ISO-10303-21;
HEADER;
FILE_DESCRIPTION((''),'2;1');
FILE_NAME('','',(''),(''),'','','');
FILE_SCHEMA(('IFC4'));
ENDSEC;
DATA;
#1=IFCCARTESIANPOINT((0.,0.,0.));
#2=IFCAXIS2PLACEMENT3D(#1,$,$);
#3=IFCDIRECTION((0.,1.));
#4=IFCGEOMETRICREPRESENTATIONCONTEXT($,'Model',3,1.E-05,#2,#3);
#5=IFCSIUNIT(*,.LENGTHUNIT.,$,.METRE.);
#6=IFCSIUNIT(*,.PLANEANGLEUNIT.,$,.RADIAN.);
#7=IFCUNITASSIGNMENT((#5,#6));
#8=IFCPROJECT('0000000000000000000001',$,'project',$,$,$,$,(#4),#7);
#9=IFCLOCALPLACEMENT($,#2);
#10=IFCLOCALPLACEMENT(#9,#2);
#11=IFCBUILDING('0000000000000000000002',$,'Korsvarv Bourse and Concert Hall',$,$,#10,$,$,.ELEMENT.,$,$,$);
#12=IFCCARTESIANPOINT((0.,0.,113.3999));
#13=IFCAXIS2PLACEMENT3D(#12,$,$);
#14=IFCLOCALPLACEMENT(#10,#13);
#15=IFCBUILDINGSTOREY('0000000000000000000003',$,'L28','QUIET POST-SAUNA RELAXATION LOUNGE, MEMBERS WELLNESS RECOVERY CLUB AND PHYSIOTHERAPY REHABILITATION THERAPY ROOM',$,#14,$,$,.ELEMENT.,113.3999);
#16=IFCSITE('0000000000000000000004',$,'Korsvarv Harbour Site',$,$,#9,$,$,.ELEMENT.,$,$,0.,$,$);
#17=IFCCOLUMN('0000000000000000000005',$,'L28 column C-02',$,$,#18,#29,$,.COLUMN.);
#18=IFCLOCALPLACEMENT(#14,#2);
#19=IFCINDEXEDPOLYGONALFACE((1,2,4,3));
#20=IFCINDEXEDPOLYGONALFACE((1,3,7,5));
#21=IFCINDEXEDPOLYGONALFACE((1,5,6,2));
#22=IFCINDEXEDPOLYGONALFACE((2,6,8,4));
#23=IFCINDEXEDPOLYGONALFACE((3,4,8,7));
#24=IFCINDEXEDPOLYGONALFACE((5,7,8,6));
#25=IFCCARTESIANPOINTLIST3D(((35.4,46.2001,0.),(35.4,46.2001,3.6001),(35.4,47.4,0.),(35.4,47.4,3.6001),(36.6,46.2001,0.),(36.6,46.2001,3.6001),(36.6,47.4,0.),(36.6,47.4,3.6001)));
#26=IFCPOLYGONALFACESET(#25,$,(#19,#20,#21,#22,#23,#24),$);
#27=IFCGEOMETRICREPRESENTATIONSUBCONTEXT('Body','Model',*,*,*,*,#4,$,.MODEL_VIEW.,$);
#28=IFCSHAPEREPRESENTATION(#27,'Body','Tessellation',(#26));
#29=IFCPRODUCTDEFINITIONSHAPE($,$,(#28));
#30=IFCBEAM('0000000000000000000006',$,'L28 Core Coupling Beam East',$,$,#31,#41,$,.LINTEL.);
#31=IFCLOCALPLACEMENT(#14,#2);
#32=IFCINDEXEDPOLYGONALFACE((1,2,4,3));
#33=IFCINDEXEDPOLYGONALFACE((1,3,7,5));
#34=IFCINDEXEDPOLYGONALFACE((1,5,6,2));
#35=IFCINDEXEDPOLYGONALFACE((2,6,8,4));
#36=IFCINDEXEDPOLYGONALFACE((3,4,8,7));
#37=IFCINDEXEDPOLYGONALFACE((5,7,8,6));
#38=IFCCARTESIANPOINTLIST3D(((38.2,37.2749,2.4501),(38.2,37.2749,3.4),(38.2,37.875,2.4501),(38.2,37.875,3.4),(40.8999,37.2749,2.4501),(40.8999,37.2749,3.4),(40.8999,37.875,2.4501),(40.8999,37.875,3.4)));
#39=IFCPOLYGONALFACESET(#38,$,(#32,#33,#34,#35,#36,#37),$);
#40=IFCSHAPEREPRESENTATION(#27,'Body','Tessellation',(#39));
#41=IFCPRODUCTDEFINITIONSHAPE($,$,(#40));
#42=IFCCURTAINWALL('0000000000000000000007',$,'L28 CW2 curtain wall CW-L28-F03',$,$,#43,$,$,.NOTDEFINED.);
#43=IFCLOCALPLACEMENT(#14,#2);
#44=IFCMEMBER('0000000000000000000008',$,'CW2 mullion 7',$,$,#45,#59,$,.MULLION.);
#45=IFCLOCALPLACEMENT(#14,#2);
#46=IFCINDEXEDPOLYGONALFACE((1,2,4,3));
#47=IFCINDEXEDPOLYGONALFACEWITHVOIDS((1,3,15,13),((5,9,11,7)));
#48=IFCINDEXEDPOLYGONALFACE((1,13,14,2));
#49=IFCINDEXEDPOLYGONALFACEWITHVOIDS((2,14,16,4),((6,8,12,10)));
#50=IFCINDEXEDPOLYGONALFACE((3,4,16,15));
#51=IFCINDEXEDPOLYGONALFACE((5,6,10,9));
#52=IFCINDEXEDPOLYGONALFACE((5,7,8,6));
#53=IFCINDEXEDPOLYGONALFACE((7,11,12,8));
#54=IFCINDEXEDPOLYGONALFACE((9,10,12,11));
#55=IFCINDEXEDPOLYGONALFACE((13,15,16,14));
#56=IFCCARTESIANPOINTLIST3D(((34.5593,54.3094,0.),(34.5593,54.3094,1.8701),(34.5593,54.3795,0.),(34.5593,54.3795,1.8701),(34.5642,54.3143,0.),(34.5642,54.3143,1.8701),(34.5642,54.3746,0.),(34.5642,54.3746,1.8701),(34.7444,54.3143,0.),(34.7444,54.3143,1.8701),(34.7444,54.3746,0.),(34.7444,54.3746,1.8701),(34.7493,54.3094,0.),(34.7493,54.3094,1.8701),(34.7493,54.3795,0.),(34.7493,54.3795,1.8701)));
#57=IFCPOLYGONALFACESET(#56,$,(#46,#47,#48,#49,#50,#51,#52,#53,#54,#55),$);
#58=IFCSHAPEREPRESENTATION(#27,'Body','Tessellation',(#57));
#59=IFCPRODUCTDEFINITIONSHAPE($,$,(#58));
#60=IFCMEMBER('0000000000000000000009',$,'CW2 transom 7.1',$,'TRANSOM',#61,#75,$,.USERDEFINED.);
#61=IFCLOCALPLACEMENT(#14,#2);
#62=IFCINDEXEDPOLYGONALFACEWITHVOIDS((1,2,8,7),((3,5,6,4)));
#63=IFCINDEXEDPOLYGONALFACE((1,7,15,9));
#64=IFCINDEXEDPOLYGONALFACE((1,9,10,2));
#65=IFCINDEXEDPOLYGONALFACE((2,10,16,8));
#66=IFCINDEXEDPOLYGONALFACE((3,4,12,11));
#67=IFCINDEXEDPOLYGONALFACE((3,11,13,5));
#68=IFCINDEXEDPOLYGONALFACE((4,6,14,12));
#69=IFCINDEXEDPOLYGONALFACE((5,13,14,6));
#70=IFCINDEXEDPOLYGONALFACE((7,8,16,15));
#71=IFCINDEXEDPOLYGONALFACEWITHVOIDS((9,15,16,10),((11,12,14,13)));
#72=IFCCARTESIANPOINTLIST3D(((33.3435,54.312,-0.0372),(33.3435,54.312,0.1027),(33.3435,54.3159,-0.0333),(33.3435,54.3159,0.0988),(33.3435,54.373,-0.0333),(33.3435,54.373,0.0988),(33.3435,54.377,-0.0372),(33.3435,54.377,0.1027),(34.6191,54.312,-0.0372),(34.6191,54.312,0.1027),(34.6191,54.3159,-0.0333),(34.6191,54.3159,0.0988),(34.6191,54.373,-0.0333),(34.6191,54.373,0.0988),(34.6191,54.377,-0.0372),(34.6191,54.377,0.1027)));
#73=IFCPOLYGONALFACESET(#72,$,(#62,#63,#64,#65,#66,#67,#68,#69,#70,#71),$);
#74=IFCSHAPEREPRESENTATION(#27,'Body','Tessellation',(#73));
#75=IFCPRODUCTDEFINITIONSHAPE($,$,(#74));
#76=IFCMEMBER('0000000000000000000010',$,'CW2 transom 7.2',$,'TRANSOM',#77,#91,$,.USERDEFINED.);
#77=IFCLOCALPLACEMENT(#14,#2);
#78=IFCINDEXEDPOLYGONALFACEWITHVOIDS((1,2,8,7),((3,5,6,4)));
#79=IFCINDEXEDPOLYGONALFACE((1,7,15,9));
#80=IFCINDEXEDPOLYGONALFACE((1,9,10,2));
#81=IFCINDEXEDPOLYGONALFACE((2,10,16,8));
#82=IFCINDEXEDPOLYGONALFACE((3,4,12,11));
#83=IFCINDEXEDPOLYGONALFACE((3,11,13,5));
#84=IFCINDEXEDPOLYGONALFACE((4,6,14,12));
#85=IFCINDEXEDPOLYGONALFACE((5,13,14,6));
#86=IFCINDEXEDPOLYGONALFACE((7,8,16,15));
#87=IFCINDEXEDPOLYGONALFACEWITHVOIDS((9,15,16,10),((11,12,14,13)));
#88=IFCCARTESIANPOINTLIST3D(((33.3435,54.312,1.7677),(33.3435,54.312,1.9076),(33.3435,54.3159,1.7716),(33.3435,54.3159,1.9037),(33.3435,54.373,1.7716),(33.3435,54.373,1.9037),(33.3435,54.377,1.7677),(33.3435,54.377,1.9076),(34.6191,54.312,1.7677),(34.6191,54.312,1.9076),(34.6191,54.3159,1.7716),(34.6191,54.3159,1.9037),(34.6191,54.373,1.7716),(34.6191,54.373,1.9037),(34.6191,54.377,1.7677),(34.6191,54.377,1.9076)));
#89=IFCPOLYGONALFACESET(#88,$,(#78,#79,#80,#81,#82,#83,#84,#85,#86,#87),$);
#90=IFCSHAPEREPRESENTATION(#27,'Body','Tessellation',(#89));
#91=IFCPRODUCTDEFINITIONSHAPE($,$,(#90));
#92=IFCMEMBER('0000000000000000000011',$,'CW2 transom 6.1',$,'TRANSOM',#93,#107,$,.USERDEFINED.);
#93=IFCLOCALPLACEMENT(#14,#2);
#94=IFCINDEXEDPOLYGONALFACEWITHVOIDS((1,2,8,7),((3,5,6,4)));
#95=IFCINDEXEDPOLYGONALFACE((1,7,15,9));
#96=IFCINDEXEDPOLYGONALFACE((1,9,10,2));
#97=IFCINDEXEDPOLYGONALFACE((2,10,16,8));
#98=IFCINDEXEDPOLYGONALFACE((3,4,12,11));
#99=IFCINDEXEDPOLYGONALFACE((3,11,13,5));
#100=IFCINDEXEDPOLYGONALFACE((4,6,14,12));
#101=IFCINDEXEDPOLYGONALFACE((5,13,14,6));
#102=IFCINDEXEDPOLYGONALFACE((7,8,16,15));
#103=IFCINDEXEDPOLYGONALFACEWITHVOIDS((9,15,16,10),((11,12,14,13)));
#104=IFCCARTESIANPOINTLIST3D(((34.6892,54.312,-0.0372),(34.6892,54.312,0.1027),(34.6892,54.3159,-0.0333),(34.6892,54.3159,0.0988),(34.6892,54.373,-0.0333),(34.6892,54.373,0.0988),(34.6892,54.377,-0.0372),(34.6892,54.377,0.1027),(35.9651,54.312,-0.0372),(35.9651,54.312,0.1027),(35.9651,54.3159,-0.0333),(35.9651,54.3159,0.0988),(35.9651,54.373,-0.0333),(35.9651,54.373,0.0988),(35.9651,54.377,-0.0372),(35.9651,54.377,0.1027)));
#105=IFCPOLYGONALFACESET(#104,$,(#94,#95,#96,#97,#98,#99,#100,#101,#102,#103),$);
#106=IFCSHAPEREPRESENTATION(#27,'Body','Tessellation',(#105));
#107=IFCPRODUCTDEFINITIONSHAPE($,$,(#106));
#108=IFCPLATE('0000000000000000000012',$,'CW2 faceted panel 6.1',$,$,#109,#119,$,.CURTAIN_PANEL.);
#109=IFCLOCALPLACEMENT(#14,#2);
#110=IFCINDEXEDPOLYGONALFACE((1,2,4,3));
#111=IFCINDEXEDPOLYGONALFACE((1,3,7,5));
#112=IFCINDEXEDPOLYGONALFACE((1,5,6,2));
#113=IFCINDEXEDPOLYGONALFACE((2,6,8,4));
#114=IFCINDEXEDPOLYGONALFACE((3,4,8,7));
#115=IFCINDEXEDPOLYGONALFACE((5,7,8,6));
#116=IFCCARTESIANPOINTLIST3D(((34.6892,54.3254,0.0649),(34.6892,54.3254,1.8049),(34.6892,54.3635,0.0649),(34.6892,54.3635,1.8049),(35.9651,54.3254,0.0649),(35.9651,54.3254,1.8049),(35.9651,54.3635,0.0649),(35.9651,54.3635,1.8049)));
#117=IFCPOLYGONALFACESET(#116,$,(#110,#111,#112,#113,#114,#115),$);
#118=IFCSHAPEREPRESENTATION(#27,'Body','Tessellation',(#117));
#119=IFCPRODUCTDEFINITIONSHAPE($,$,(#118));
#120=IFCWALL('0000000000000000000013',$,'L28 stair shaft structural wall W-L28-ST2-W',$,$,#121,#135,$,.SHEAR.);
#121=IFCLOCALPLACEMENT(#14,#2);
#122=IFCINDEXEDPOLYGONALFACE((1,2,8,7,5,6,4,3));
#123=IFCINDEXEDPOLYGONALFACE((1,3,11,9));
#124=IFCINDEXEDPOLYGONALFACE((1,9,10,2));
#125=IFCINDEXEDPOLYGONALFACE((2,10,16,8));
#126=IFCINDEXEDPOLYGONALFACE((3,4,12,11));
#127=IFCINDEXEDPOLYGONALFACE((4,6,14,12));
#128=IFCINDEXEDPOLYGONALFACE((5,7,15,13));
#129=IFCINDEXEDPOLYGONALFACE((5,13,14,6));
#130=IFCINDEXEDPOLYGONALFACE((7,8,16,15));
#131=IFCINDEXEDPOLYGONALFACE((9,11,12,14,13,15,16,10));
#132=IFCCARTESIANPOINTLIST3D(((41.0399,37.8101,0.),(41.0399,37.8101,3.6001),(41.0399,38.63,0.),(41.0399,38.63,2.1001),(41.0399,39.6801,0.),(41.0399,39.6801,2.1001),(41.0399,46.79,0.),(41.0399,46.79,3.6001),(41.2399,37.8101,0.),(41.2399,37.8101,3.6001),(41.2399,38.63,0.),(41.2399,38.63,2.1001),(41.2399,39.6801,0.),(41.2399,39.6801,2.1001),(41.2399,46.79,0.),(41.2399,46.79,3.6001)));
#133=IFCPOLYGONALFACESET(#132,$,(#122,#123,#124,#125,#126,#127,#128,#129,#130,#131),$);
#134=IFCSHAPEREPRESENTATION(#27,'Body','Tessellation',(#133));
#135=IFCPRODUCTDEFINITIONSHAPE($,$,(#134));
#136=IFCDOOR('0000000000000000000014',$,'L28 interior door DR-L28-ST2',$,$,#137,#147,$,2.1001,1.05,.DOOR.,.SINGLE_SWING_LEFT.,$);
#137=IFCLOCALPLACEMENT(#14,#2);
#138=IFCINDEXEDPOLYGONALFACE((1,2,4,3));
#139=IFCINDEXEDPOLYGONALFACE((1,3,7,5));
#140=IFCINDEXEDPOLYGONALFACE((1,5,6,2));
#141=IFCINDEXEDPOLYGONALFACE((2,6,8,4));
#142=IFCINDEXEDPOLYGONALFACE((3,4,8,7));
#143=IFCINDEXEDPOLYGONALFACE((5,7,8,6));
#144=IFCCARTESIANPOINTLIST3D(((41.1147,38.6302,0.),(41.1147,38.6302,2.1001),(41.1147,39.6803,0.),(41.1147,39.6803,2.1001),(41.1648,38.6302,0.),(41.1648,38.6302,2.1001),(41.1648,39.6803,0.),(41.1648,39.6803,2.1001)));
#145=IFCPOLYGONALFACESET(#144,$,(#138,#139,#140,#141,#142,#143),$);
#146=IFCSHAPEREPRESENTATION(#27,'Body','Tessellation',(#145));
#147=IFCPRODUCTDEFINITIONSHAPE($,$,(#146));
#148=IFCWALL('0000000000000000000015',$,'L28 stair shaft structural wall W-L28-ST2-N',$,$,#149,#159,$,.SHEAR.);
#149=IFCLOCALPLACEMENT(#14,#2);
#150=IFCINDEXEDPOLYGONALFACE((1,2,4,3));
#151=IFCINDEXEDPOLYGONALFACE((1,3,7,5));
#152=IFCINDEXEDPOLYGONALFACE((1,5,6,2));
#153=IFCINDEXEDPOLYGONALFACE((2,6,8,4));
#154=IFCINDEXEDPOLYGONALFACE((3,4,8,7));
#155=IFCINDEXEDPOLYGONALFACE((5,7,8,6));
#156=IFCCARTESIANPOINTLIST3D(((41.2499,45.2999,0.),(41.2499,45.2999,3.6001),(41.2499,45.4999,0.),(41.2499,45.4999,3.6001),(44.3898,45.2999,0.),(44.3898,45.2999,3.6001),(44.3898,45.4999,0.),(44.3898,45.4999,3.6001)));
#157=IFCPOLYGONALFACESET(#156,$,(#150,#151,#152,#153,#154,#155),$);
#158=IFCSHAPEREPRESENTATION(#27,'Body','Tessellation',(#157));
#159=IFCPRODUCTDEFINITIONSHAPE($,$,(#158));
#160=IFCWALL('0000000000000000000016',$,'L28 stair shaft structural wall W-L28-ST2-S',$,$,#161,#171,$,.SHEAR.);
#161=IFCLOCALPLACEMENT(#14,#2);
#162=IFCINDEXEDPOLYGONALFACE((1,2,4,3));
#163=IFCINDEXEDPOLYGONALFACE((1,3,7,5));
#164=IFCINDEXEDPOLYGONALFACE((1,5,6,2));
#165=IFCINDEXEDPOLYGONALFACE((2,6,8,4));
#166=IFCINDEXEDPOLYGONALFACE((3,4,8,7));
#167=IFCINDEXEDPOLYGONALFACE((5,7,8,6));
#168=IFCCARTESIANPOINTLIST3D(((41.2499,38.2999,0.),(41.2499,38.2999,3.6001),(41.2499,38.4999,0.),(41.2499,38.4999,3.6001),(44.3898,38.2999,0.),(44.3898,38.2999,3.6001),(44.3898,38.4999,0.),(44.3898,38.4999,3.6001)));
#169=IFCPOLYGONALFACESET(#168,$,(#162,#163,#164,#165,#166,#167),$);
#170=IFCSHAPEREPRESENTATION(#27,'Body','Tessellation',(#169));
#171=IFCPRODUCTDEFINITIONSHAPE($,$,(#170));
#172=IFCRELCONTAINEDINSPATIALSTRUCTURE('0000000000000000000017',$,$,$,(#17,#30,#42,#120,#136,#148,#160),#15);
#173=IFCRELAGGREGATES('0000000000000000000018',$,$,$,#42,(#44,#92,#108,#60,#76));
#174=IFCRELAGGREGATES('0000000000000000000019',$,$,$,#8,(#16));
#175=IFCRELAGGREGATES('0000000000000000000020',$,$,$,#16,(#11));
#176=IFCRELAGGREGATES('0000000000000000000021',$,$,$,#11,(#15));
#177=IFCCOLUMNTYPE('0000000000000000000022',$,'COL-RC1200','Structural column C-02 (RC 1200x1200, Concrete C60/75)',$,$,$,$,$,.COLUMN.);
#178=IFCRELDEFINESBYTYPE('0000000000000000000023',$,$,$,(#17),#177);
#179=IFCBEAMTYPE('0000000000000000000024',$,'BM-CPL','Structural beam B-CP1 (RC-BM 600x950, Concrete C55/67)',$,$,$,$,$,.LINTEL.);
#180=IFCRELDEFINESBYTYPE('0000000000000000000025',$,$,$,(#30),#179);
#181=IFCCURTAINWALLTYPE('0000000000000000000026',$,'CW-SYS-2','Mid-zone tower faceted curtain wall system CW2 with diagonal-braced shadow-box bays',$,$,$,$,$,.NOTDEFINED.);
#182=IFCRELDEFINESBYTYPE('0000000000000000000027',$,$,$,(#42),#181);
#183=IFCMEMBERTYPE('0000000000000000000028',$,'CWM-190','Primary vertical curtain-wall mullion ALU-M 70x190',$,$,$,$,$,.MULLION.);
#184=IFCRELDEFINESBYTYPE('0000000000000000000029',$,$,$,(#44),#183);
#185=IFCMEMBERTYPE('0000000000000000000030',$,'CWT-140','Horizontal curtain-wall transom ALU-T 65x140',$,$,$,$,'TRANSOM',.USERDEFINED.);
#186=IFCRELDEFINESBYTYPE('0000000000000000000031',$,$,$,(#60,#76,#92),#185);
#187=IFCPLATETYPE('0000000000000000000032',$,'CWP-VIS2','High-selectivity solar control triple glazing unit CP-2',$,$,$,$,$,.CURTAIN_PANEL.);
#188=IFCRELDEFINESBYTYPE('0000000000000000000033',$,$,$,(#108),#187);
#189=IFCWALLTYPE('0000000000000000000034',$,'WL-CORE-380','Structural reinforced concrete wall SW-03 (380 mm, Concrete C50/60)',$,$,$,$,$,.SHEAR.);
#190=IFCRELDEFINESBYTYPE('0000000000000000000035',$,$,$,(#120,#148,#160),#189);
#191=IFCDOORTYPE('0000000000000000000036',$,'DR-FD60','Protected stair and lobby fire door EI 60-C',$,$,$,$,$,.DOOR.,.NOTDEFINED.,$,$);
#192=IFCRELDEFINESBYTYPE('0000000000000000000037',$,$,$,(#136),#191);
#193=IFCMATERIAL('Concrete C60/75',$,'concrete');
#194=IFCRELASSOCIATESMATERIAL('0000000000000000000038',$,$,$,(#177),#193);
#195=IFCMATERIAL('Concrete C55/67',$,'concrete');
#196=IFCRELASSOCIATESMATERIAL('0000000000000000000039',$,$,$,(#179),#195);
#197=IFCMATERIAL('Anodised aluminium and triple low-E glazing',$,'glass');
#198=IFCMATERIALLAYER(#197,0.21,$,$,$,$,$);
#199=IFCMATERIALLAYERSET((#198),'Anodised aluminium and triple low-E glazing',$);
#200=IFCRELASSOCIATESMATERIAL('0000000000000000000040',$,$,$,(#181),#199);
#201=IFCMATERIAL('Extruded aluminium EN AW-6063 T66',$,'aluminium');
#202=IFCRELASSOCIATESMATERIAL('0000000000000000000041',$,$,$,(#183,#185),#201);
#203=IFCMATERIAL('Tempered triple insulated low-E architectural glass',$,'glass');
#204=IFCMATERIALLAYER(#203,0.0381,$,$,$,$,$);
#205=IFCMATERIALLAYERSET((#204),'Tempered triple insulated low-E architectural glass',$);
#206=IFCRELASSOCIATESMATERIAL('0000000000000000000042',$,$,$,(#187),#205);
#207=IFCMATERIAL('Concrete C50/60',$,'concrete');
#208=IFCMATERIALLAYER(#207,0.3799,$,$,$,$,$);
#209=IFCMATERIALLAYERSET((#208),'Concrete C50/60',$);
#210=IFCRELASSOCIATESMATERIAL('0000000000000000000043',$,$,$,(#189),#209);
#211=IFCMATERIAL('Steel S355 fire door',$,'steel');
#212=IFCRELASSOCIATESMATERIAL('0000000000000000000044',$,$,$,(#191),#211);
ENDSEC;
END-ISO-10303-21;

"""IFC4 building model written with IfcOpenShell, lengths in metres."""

from ifc_helpers import new_model, si_unit, direction, frame, frame_2d, origin, origin_2d, place, context, subcontext, project, spatial, rectangle, hollow_rectangle, extrude, source, transform, mapped, material, layer, layer_set, material_profile, profile_set, type_object, element, fill, aggregate, save


model = new_model("IFC4")

# Units and contexts
model_context = context("Model", 3, precision=1e-05, world=origin(), true_north=direction((0.0, 1.0)))
body_context = subcontext(model_context, "Body", "Model", "MODEL_VIEW")
ifc_project = project(units=[si_unit("LENGTHUNIT", "METRE"), si_unit("PLANEANGLEUNIT", "RADIAN")], contexts=[model_context])

# Site, building, storey
site_placement = place(None, origin())
site = spatial("IfcSite", under=ifc_project, at=site_placement, Name="Korsvarv Harbour Site", CompositionType="ELEMENT", RefElevation=0.0)
building_placement = place(site_placement, origin())
building = spatial("IfcBuilding", under=site, at=building_placement, Name="Korsvarv Bourse and Concert Hall", CompositionType="ELEMENT")
storey_placement = place(building_placement, frame((0.0, 0.0, 113.3999)))
storey = spatial("IfcBuildingStorey", under=building, at=storey_placement, Name="L28", Description="QUIET POST-SAUNA RELAXATION LOUNGE, MEMBERS WELLNESS RECOVERY CLUB AND PHYSIOTHERAPY REHABILITATION THERAPY ROOM", CompositionType="ELEMENT", Elevation=113.3999)

# Column
ifc_material_1 = material(Name="Concrete C60/75", Category="concrete")
ifc_material_profile_1 = material_profile(ifc_material_1, rectangle(XDim=1.2, YDim=1.2, at=origin_2d()), Name="RC 1200x1200")
ifc_profile_set_1 = profile_set([ifc_material_profile_1], Name="Concrete C60/75")
column_type = type_object("IfcColumnType", Name="COL-RC1200", Description="Structural column C-02 (RC 1200x1200, Concrete C60/75)", PredefinedType="COLUMN", material=ifc_profile_set_1)
shared_shape_1 = source(origin(), body_context, "Body", "SweptSolid", [
    extrude(rectangle(XDim=1.2, YDim=1.2, at=origin_2d()), origin(), (0.0, 0.0, 1.0), 3.6001),
])
column_placement = place(storey_placement, frame((36.0, 46.8, 0.0), z_axis=(0.0, 0.0, 1.0), x_axis=(1.0, 0.0, 0.0)))
element("IfcColumn", 1, at=column_placement, inside=storey, type_object=column_type, Name="L28 column C-02", PredefinedType="COLUMN", context=body_context, shape_type="MappedRepresentation", body=[
    mapped(shared_shape_1, transform((0.0, 0.0, 0.0), scale=1.0)),
])

# Beam
ifc_material_2 = material(Name="Concrete C55/67", Category="concrete")
ifc_material_profile_2 = material_profile(ifc_material_2, rectangle(XDim=0.6001, YDim=0.95, at=origin_2d()), Name="RC-BM 600x950")
ifc_profile_set_2 = profile_set([ifc_material_profile_2], Name="Concrete C55/67")
beam_type = type_object("IfcBeamType", Name="BM-CPL", Description="Structural beam B-CP1 (RC-BM 600x950, Concrete C55/67)", PredefinedType="LINTEL", material=ifc_profile_set_2)
shared_shape_2 = source(origin(), body_context, "Body", "SweptSolid", [
    extrude(rectangle(XDim=0.6001, YDim=0.95, at=origin_2d()), origin(), (0.0, 0.0, 1.0), 2.7),
])
beam_placement = place(storey_placement, frame((38.2, 37.575, 2.925), z_axis=(1.0, 0.0, 0.0), x_axis=(0.0, 1.0, 0.0)))
element("IfcBeam", 2, at=beam_placement, inside=storey, type_object=beam_type, Name="L28 Core Coupling Beam East", PredefinedType="LINTEL", context=body_context, shape_type="MappedRepresentation", body=[
    mapped(shared_shape_2, transform((0.0, 0.0, 0.0), scale=1.0)),
])

# Curtain wall, members, plate
ifc_material_3 = material(Name="Anodised aluminium and triple low-E glazing", Category="glass")
ifc_layer_1 = layer(ifc_material_3, 0.21)
ifc_layer_set_1 = layer_set([ifc_layer_1], Name="Anodised aluminium and triple low-E glazing")
curtain_wall_type = type_object("IfcCurtainWallType", Name="CW-SYS-2", Description="Mid-zone tower faceted curtain wall system CW2 with diagonal-braced shadow-box bays", PredefinedType="NOTDEFINED", material=ifc_layer_set_1)
curtain_wall_placement = place(storey_placement, origin())
curtain_wall = element("IfcCurtainWall", 3, at=curtain_wall_placement, inside=storey, type_object=curtain_wall_type, Name="L28 CW2 curtain wall CW-L28-F03", PredefinedType="NOTDEFINED")
ifc_material_4 = material(Name="Extruded aluminium EN AW-6063 T66", Category="aluminium")
ifc_material_profile_3 = material_profile(ifc_material_4, hollow_rectangle(XDim=0.0701, YDim=0.1899, WallThickness=0.0049, at=origin_2d()), Name="ALU-M 70x190")
ifc_profile_set_3 = profile_set([ifc_material_profile_3], Name="Extruded aluminium EN AW-6063 T66")
member_type_1 = type_object("IfcMemberType", Name="CWM-190", Description="Primary vertical curtain-wall mullion ALU-M 70x190", PredefinedType="MULLION", material=ifc_profile_set_3)
shared_shape_3 = source(origin(), body_context, "Body", "SweptSolid", [
    extrude(hollow_rectangle(XDim=0.0701, YDim=0.1899, WallThickness=0.0049, at=origin_2d()), origin(), (0.0, 0.0, 1.0), 1.8701),
])
member_1_placement = place(storey_placement, frame((34.6543, 54.3445, 0.0), z_axis=(0.0, 0.0, 1.0), x_axis=(0.0, -1.0, 0.0)))
member_1 = element("IfcMember", 4, at=member_1_placement, type_object=member_type_1, Name="CW2 mullion 7", PredefinedType="MULLION", context=body_context, shape_type="MappedRepresentation", body=[
    mapped(shared_shape_3, transform((0.0, 0.0, 0.0), scale=1.0)),
])
ifc_material_profile_4 = material_profile(ifc_material_4, hollow_rectangle(XDim=0.0649, YDim=0.1399, WallThickness=0.0039, at=origin_2d()), Name="ALU-T 65x140")
ifc_profile_set_4 = profile_set([ifc_material_profile_4], Name="Extruded aluminium EN AW-6063 T66")
member_type_2 = type_object("IfcMemberType", Name="CWT-140", Description="Horizontal curtain-wall transom ALU-T 65x140", ElementType="TRANSOM", PredefinedType="USERDEFINED", material=ifc_profile_set_4)
shared_shape_4 = source(origin(), body_context, "Body", "SweptSolid", [
    extrude(hollow_rectangle(XDim=0.0649, YDim=0.1399, WallThickness=0.0039, at=origin_2d()), origin(), (0.0, 0.0, 1.0), 1.2756),
])
member_2_placement = place(storey_placement, frame((34.6191, 54.3445, 0.0327), z_axis=(-1.0, 0.0, 0.0), x_axis=(0.0, -1.0, 0.0)))
member_2 = element("IfcMember", 5, at=member_2_placement, type_object=member_type_2, Name="CW2 transom 7.1", ObjectType="TRANSOM", PredefinedType="USERDEFINED", context=body_context, shape_type="MappedRepresentation", body=[
    mapped(shared_shape_4, transform((0.0, 0.0, 0.0), scale=1.0)),
])
member_3_placement = place(storey_placement, frame((34.6191, 54.3445, 1.8376), z_axis=(-1.0, 0.0, 0.0), x_axis=(0.0, -1.0, 0.0)))
member_3 = element("IfcMember", 6, at=member_3_placement, type_object=member_type_2, Name="CW2 transom 7.2", ObjectType="TRANSOM", PredefinedType="USERDEFINED", context=body_context, shape_type="MappedRepresentation", body=[
    mapped(shared_shape_4, transform((0.0, 0.0, 0.0), scale=1.0)),
])
shared_shape_5 = source(origin(), body_context, "Body", "SweptSolid", [
    extrude(hollow_rectangle(XDim=0.0649, YDim=0.1399, WallThickness=0.0039, at=origin_2d()), origin(), (0.0, 0.0, 1.0), 1.2759),
])
member_4_placement = place(storey_placement, frame((35.9651, 54.3445, 0.0327), z_axis=(-1.0, 0.0, 0.0), x_axis=(0.0, -1.0, 0.0)))
member_4 = element("IfcMember", 7, at=member_4_placement, type_object=member_type_2, Name="CW2 transom 6.1", ObjectType="TRANSOM", PredefinedType="USERDEFINED", context=body_context, shape_type="MappedRepresentation", body=[
    mapped(shared_shape_5, transform((0.0, 0.0, 0.0), scale=1.0)),
])
ifc_material_5 = material(Name="Tempered triple insulated low-E architectural glass", Category="glass")
ifc_layer_2 = layer(ifc_material_5, 0.0381)
ifc_layer_set_2 = layer_set([ifc_layer_2], Name="Tempered triple insulated low-E architectural glass")
plate_type = type_object("IfcPlateType", Name="CWP-VIS2", Description="High-selectivity solar control triple glazing unit CP-2", PredefinedType="CURTAIN_PANEL", material=ifc_layer_set_2)
shared_shape_6 = source(origin(), body_context, "Body", "SweptSolid", [
    extrude(rectangle(XDim=1.2759, YDim=0.0381, at=origin_2d()), origin(), (0.0, 0.0, 1.0), 1.74),
])
plate_placement = place(storey_placement, frame((35.3271, 54.3445, 0.0649), z_axis=(0.0, 0.0, 1.0), x_axis=(-1.0, 0.0, 0.0)))
plate = element("IfcPlate", 8, at=plate_placement, type_object=plate_type, Name="CW2 faceted panel 6.1", PredefinedType="CURTAIN_PANEL", context=body_context, shape_type="MappedRepresentation", body=[
    mapped(shared_shape_6, transform((0.0, 0.0, 0.0), scale=1.0)),
])
aggregate(curtain_wall, [member_1, member_4, plate, member_2, member_3])

# Wall, opening, door
ifc_material_6 = material(Name="Concrete C50/60", Category="concrete")
ifc_layer_3 = layer(ifc_material_6, 0.3799)
ifc_layer_set_3 = layer_set([ifc_layer_3], Name="Concrete C50/60")
wall_type_1 = type_object("IfcWallType", Name="WL-CORE-380", Description="Structural reinforced concrete wall SW-03 (380 mm, Concrete C50/60)", PredefinedType="SHEAR", material=ifc_layer_set_3)
wall_1_placement = place(storey_placement, frame((41.1399, 37.8101, 0.0), z_axis=(0.0, 0.0, 1.0), x_axis=(0.0, 1.0, 0.0)))
wall_1 = element("IfcWall", 9, at=wall_1_placement, inside=storey, type_object=wall_type_1, Name="L28 stair shaft structural wall W-L28-ST2-W", PredefinedType="SHEAR", context=body_context, shape_type="SweptSolid", body=[
    extrude(rectangle(XDim=8.98, YDim=0.2, at=frame_2d((4.49, 0.0))), origin(), (0.0, 0.0, 1.0), 3.6001),
])
opening_1_placement = place(wall_1_placement, frame((0.8201, 0.0, 0.0)))
opening_1 = element("IfcOpeningElement", 10, at=opening_1_placement, cuts=wall_1, PredefinedType="OPENING", context=body_context, shape_type="SweptSolid", body=[
    extrude(rectangle(XDim=1.05, YDim=2.1001, at=frame_2d((0.5249, 1.05))), frame((0.0, 0.1099, 0.0), z_axis=(0.0, -1.0, 0.0), x_axis=(1.0, 0.0, 0.0)), (0.0, 0.0, 1.0), 0.22),
])
ifc_material_7 = material(Name="Steel S355 fire door", Category="steel")
door_type_1 = type_object("IfcDoorType", Name="DR-FD60", Description="Protected stair and lobby fire door EI 60-C", OperationType="NOTDEFINED", PredefinedType="DOOR", material=ifc_material_7)
door_1_placement = place(opening_1_placement, frame((1.05, 0.0, 0.0), z_axis=(0.0, 0.0, 1.0), x_axis=(-1.0, 0.0, 0.0)))
door_1 = element("IfcDoor", 11, at=door_1_placement, inside=storey, type_object=door_type_1, Name="L28 interior door DR-L28-ST2", OperationType="SINGLE_SWING_LEFT", OverallHeight=2.1001, OverallWidth=1.05, PredefinedType="DOOR", context=body_context, shape_type="SweptSolid", body=[
    extrude(rectangle(XDim=1.05, YDim=2.1001, at=frame_2d((0.5249, 1.05))), frame((0.0, 0.0249, 0.0), z_axis=(0.0, -1.0, 0.0), x_axis=(1.0, 0.0, 0.0)), (0.0, 0.0, 1.0), 0.05),
])
fill(opening_1, door_1)

# Walls
for number, where, z_axis, x_axis, name in (
    (12, (41.25, 45.3999, 0.0), (0.0, 0.0, 1.0), (1.0, 0.0, 0.0), "L28 stair shaft structural wall W-L28-ST2-N"),
    (13, (41.25, 38.3999, 0.0), (0.0, 0.0, 1.0), (1.0, 0.0, 0.0), "L28 stair shaft structural wall W-L28-ST2-S"),
):
    element("IfcWall", number, at=place(storey_placement, frame(where, z_axis=z_axis, x_axis=x_axis)), inside=storey, type_object=wall_type_1, Name=name, PredefinedType="SHEAR", context=body_context, shape_type="SweptSolid", body=[
        extrude(rectangle(XDim=3.1399, YDim=0.2, at=frame_2d((1.5698, 0.0))), origin(), (0.0, 0.0, 1.0), 3.6001),
    ])

save(model, "model.ifc")
